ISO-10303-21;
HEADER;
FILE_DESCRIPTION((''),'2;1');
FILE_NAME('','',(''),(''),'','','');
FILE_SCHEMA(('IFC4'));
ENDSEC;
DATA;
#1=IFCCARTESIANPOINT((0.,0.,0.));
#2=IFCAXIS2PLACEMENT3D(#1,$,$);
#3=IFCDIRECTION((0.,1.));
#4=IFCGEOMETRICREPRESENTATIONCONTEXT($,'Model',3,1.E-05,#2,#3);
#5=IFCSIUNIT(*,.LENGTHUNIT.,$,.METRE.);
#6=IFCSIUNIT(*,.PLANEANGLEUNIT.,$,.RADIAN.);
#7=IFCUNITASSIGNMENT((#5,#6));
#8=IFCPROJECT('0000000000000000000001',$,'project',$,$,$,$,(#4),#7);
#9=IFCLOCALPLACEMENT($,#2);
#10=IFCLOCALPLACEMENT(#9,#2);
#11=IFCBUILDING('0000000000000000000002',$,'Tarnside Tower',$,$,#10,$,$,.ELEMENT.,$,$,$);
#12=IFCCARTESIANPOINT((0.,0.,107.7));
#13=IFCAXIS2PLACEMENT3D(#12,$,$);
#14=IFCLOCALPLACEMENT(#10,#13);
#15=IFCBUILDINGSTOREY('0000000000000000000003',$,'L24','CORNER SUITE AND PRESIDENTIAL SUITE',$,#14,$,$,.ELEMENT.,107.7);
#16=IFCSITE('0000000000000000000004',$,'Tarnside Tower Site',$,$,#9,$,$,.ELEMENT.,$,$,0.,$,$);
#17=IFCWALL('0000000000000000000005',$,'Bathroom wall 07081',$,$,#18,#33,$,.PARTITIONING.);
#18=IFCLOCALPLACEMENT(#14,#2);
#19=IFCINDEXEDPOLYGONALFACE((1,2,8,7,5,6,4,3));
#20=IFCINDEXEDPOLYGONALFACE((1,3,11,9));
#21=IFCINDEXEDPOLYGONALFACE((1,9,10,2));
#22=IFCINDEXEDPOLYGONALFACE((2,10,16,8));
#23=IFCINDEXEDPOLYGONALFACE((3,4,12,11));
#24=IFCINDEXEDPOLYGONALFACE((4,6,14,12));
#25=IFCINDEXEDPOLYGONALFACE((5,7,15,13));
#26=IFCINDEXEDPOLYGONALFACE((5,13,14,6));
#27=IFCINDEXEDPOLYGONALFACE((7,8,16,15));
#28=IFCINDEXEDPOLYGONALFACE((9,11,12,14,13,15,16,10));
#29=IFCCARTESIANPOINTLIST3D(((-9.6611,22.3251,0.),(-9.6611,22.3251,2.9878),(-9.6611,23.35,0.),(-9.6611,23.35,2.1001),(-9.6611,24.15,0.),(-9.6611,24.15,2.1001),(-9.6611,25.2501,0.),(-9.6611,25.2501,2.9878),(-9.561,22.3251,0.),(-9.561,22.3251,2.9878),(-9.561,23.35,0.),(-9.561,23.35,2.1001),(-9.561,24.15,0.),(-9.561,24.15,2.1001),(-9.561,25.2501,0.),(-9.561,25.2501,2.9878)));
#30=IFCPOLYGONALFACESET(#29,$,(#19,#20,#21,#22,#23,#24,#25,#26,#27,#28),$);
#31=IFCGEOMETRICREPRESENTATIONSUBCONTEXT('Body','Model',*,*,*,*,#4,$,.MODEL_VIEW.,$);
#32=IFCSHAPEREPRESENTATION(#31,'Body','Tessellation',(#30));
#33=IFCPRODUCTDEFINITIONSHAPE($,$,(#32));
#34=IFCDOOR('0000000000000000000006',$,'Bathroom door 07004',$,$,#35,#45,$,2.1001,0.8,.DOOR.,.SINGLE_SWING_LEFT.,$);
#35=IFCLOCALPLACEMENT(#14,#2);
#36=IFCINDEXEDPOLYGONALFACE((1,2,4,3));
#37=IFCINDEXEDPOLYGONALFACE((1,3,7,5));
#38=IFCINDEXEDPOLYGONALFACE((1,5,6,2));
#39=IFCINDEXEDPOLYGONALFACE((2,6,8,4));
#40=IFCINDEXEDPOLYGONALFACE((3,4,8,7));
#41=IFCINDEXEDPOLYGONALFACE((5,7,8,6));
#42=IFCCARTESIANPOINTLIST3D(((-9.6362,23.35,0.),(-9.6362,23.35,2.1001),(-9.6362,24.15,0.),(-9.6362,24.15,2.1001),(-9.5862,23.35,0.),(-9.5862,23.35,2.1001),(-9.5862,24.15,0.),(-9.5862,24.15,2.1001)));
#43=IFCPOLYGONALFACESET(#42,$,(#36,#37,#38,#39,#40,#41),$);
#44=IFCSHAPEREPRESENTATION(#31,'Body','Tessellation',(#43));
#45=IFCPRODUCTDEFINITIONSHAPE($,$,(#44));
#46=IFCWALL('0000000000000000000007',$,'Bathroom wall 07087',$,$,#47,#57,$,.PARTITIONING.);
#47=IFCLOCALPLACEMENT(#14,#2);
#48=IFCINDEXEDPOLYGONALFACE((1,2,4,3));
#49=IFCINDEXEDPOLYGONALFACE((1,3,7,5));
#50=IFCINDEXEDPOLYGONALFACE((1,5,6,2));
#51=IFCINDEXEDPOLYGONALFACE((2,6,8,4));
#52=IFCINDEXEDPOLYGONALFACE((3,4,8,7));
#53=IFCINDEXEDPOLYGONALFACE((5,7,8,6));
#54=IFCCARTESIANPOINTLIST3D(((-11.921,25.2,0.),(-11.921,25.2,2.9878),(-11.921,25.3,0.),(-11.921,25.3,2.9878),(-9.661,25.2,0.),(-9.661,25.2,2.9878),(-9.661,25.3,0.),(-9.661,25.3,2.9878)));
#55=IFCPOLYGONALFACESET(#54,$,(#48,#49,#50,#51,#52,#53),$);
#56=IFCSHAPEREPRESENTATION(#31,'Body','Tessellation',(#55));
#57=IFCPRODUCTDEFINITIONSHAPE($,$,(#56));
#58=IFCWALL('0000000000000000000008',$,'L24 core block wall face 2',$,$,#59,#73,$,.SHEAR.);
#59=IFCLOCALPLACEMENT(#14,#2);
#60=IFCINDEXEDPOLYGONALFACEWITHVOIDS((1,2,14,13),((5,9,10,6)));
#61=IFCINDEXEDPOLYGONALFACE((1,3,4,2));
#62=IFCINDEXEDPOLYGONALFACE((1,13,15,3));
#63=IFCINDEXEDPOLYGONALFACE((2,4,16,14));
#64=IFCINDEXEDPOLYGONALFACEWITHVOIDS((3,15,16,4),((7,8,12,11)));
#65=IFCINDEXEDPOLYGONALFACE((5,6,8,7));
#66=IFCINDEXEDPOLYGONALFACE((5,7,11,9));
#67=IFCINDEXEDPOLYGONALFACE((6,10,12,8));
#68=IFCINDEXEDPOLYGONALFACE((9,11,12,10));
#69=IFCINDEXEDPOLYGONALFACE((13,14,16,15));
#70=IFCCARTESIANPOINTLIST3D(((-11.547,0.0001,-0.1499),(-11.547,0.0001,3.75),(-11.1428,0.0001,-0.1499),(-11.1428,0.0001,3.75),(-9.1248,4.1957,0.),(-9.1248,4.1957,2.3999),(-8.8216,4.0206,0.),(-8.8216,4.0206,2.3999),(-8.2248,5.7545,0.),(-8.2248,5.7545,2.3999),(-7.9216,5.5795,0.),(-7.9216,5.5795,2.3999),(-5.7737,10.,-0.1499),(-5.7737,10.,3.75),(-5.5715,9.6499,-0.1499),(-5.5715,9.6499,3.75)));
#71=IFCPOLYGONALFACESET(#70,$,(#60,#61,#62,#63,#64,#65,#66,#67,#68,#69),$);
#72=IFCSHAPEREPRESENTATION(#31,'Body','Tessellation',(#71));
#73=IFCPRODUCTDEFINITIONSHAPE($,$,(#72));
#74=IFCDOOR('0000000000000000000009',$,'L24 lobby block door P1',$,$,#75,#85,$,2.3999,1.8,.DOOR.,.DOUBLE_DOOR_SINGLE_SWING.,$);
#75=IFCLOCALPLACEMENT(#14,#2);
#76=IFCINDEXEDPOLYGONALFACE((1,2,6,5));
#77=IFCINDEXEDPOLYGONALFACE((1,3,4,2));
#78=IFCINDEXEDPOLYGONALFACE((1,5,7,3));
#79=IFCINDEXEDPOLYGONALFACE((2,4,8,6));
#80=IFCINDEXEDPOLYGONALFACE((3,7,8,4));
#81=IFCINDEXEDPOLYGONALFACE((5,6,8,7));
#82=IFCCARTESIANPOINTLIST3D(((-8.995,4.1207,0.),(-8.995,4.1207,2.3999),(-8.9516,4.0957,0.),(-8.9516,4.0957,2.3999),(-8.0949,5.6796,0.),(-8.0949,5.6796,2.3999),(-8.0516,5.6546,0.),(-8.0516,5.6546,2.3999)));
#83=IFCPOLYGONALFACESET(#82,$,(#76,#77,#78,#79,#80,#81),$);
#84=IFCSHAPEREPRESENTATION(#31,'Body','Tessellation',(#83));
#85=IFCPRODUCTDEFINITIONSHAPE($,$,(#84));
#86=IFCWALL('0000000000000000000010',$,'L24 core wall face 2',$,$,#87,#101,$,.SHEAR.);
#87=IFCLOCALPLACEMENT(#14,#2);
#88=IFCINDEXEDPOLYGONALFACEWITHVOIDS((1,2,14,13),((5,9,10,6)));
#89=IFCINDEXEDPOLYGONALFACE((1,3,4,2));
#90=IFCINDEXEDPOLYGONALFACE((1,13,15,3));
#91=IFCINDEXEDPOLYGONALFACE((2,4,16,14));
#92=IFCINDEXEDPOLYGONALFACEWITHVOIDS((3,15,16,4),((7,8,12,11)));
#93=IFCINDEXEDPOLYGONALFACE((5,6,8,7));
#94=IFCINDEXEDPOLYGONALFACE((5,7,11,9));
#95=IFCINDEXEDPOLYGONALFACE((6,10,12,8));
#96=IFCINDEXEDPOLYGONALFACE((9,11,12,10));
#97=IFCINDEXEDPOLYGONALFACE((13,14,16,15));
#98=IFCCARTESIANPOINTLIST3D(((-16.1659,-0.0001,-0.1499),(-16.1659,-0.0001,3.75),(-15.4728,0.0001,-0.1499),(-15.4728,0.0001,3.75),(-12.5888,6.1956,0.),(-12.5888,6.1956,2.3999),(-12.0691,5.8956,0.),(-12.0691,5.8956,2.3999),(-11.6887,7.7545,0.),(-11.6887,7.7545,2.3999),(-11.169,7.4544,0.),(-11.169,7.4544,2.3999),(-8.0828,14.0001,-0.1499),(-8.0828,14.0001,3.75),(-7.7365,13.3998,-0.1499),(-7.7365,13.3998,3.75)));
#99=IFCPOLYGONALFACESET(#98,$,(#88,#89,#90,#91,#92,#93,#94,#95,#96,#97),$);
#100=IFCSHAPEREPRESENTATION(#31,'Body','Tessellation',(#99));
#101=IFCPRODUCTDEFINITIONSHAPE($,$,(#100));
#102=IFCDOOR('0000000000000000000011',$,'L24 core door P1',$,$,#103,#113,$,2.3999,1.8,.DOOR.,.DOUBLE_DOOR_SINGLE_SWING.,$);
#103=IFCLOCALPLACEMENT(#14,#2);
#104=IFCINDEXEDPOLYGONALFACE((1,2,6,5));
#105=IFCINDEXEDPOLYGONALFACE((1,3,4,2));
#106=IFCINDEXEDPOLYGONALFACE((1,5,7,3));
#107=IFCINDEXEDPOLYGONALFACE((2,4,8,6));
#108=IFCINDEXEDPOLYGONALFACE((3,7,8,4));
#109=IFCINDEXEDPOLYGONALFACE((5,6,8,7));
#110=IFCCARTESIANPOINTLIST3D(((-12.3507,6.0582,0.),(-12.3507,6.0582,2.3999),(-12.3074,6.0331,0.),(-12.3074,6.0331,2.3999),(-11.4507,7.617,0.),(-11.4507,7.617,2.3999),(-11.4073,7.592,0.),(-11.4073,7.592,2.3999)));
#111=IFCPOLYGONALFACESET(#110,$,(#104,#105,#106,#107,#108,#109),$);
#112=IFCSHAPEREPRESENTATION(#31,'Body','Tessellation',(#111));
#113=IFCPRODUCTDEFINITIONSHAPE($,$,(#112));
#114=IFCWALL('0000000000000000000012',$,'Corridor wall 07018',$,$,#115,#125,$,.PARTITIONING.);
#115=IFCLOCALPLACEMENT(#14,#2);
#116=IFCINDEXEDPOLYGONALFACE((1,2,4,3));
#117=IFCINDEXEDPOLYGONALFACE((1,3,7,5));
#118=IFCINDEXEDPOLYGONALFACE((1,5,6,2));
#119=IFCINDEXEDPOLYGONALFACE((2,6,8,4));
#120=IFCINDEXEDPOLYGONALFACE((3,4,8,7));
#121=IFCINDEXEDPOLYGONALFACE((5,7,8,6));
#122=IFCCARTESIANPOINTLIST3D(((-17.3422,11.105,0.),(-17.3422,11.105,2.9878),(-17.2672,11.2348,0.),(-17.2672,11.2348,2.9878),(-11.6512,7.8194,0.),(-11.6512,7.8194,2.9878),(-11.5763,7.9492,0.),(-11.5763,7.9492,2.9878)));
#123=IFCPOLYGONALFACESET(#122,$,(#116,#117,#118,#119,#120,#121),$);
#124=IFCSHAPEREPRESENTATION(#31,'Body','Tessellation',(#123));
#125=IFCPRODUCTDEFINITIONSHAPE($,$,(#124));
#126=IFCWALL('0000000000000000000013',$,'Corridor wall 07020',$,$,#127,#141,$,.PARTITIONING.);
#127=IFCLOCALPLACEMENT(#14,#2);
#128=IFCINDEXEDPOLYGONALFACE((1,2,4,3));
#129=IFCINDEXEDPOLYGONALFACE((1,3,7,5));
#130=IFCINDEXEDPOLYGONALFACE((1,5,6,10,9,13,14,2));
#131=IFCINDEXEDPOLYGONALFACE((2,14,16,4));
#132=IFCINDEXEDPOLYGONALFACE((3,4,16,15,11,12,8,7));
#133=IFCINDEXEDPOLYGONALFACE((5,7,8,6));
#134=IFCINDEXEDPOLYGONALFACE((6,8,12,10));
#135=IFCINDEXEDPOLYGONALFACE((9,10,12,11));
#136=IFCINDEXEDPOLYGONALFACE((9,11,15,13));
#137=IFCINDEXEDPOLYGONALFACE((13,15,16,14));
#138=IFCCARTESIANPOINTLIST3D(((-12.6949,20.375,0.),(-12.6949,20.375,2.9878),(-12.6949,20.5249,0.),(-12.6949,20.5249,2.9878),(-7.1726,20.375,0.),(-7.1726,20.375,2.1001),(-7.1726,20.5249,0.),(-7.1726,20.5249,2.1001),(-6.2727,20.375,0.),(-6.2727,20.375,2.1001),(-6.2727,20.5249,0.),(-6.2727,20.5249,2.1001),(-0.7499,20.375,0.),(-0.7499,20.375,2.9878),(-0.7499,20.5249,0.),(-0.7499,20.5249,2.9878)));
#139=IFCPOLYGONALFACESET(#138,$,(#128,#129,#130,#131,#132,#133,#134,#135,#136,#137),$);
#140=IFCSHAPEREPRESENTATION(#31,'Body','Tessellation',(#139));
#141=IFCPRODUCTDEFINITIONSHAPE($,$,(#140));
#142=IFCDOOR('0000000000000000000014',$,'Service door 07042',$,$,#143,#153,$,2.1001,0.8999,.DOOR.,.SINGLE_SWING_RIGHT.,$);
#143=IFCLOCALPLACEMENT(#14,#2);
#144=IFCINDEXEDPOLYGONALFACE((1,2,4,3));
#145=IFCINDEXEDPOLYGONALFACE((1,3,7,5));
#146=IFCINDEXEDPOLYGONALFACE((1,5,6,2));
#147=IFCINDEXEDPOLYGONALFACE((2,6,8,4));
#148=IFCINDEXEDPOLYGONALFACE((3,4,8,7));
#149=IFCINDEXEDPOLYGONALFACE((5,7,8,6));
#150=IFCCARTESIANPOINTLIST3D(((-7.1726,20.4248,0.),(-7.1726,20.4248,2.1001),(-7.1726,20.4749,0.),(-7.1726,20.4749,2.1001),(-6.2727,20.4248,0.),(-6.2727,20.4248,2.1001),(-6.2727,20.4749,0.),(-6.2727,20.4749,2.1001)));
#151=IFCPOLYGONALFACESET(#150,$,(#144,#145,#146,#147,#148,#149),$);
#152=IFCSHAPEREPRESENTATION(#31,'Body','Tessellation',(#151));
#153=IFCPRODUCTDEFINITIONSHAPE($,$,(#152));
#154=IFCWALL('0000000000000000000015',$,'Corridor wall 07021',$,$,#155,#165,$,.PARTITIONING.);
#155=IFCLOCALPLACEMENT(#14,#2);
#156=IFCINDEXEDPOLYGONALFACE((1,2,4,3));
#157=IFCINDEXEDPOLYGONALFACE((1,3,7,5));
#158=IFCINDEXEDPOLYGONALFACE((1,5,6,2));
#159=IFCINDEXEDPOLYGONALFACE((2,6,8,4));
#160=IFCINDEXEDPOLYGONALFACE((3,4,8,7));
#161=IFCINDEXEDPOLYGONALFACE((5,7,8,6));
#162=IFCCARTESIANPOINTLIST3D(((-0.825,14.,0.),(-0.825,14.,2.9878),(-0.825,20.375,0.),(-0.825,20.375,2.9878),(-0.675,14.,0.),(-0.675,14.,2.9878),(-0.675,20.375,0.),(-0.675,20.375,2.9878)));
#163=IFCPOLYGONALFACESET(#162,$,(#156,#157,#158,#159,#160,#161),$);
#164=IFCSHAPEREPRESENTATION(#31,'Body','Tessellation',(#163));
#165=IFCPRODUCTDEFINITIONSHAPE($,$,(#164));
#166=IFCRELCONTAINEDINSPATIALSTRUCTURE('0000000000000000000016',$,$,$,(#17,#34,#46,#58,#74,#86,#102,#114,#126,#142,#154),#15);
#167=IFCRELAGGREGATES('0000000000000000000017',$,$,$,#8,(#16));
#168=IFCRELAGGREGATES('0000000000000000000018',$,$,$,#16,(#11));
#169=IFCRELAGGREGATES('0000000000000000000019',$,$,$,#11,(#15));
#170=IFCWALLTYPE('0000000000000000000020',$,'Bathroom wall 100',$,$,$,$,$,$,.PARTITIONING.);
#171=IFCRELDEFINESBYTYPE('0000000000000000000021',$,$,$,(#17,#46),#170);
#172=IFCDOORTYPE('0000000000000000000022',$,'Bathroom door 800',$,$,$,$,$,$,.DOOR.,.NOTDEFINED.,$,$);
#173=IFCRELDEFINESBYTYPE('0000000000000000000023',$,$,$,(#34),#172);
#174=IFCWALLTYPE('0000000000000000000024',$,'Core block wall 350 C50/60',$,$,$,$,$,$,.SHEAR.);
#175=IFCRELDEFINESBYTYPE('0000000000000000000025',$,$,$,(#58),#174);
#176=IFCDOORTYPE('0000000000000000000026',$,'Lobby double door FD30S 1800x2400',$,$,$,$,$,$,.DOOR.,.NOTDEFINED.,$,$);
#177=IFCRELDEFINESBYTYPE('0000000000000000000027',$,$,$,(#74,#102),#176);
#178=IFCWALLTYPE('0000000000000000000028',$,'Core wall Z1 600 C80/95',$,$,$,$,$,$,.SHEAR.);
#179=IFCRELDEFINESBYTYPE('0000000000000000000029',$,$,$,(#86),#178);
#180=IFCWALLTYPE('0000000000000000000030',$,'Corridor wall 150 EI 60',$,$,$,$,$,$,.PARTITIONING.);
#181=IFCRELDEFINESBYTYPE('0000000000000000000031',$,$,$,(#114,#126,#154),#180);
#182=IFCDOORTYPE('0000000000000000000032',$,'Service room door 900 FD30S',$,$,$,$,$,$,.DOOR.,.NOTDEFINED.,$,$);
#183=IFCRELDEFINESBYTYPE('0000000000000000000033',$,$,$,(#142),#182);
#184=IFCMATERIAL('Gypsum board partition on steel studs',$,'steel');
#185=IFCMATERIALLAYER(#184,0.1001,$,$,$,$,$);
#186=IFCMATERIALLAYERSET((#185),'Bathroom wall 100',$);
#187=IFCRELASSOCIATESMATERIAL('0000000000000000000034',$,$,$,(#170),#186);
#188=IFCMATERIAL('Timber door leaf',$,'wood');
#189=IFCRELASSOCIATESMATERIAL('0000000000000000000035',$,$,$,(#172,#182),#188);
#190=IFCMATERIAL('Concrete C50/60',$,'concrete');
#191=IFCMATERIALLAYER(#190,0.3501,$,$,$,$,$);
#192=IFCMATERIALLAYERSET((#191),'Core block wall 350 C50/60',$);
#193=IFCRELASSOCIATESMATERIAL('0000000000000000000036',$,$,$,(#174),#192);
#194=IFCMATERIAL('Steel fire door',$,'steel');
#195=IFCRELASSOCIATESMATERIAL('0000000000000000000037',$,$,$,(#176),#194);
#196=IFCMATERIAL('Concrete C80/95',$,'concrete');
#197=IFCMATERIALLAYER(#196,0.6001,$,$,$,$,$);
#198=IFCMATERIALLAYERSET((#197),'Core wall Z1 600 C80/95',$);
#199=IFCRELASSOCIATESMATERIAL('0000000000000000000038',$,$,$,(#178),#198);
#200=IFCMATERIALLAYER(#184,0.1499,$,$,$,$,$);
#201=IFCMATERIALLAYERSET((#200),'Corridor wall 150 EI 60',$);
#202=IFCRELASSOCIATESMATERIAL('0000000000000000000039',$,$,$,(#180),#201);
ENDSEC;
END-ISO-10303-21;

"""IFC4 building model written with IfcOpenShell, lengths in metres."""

from ifc_helpers import new_model, si_unit, direction, frame, frame_2d, origin, place, context, subcontext, project, spatial, polyline, rectangle, outline, extrude, material, layer, layer_set, type_object, element, fill, save


model = new_model("IFC4")

# Units and contexts
model_context = context("Model", 3, precision=1e-05, world=origin(), true_north=direction((0.0, 1.0)))
body_context = subcontext(model_context, "Body", "Model", "MODEL_VIEW")
ifc_project = project(units=[si_unit("LENGTHUNIT", "METRE"), si_unit("PLANEANGLEUNIT", "RADIAN")], contexts=[model_context])

# Site, building, storey
site_placement = place(None, origin())
site = spatial("IfcSite", under=ifc_project, at=site_placement, Name="Tarnside Tower Site", CompositionType="ELEMENT", RefElevation=0.0)
building_placement = place(site_placement, origin())
building = spatial("IfcBuilding", under=site, at=building_placement, Name="Tarnside Tower", CompositionType="ELEMENT")
storey_placement = place(building_placement, frame((0.0, 0.0, 107.7)))
storey = spatial("IfcBuildingStorey", under=building, at=storey_placement, Name="L24", Description="CORNER SUITE AND PRESIDENTIAL SUITE", CompositionType="ELEMENT", Elevation=107.7)

# Wall, opening, door
ifc_material_1 = material(Name="Gypsum board partition on steel studs", Category="steel")
ifc_layer_1 = layer(ifc_material_1, 0.1001)
ifc_layer_set_1 = layer_set([ifc_layer_1], Name="Bathroom wall 100")
wall_type_1 = type_object("IfcWallType", Name="Bathroom wall 100", PredefinedType="PARTITIONING", material=ifc_layer_set_1)
wall_1_placement = place(storey_placement, frame((-9.6111, 25.25, 0.0), z_axis=(0.0, 0.0, 1.0), x_axis=(0.0, -1.0, 0.0)))
wall_1 = element("IfcWall", 1, at=wall_1_placement, inside=storey, type_object=wall_type_1, Name="Bathroom wall 07081", PredefinedType="PARTITIONING", context=body_context, shape_type="SweptSolid", body=[
    extrude(rectangle(XDim=2.925, YDim=0.1001, at=frame_2d((1.4624, 0.0))), origin(), (0.0, 0.0, 1.0), 2.9878),
])
opening_1_placement = place(wall_1_placement, frame((1.1001, 0.0, 0.0)))
opening_1 = element("IfcOpeningElement", 2, at=opening_1_placement, cuts=wall_1, PredefinedType="OPENING", context=body_context, shape_type="SweptSolid", body=[
    extrude(rectangle(XDim=0.8, YDim=2.1001, at=frame_2d((0.3999, 1.05))), frame((0.0, 0.0601, 0.0), z_axis=(0.0, -1.0, 0.0), x_axis=(1.0, 0.0, 0.0)), (0.0, 0.0, 1.0), 0.1201),
])
ifc_material_2 = material(Name="Timber door leaf", Category="wood")
door_type_1 = type_object("IfcDoorType", Name="Bathroom door 800", OperationType="NOTDEFINED", PredefinedType="DOOR", material=ifc_material_2)
door_1_placement = place(opening_1_placement, origin())
door_1 = element("IfcDoor", 3, at=door_1_placement, inside=storey, type_object=door_type_1, Name="Bathroom door 07004", OperationType="SINGLE_SWING_LEFT", OverallHeight=2.1001, OverallWidth=0.8, PredefinedType="DOOR", context=body_context, shape_type="SweptSolid", body=[
    extrude(rectangle(XDim=0.8, YDim=2.1001, at=frame_2d((0.3999, 1.05))), frame((0.0, 0.0249, 0.0), z_axis=(0.0, -1.0, 0.0), x_axis=(1.0, 0.0, 0.0)), (0.0, 0.0, 1.0), 0.05),
])
fill(opening_1, door_1)

# Wall
wall_2_placement = place(storey_placement, frame((-9.6611, 25.25, 0.0), z_axis=(0.0, 0.0, 1.0), x_axis=(-1.0, 0.0, 0.0)))
element("IfcWall", 4, at=wall_2_placement, inside=storey, type_object=wall_type_1, Name="Bathroom wall 07087", PredefinedType="PARTITIONING", context=body_context, shape_type="SweptSolid", body=[
    extrude(rectangle(XDim=2.26, YDim=0.1001, at=frame_2d((1.1299, 0.0))), origin(), (0.0, 0.0, 1.0), 2.9878),
])

# Walls, openings, doors
ifc_material_3 = material(Name="Concrete C50/60", Category="concrete")
ifc_layer_2 = layer(ifc_material_3, 0.3501)
ifc_layer_set_2 = layer_set([ifc_layer_2], Name="Core block wall 350 C50/60")
wall_type_2 = type_object("IfcWallType", Name="Core block wall 350 C50/60", PredefinedType="SHEAR", material=ifc_layer_set_2)
wall_3_placement = place(storey_placement, frame((-5.6726, 9.825, -0.1499), z_axis=(0.0, 0.0, 1.0), x_axis=(-0.499995, -0.866028, 0.0)))
wall_3 = element("IfcWall", 5, at=wall_3_placement, inside=storey, type_object=wall_type_2, Name="L24 core block wall face 2", PredefinedType="SHEAR", context=body_context, shape_type="SweptSolid", body=[
    extrude(outline(polyline([(-0.1011, -0.175), (11.4458, -0.175), (11.2437, 0.175), (0.1011, 0.175), (-0.1011, -0.175)])), origin(), (0.0, 0.0, 1.0), 3.8999),
])
opening_2_placement = place(wall_3_placement, frame((4.8013, 0.0, 0.1499)))
opening_2 = element("IfcOpeningElement", 6, at=opening_2_placement, cuts=wall_3, PredefinedType="OPENING", context=body_context, shape_type="SweptSolid", body=[
    extrude(rectangle(XDim=1.8, YDim=2.3999, at=frame_2d((0.8999, 1.2))), frame((0.0, 0.1851, 0.0), z_axis=(0.0, -1.0, 0.0), x_axis=(1.0, 0.0, 0.0)), (0.0, 0.0, 1.0), 0.3701),
])
ifc_material_4 = material(Name="Steel fire door", Category="steel")
door_type_2 = type_object("IfcDoorType", Name="Lobby double door FD30S 1800x2400", OperationType="NOTDEFINED", PredefinedType="DOOR", material=ifc_material_4)
door_2_placement = place(opening_2_placement, origin())
door_2 = element("IfcDoor", 7, at=door_2_placement, inside=storey, type_object=door_type_2, Name="L24 lobby block door P1", OperationType="DOUBLE_DOOR_SINGLE_SWING", OverallHeight=2.3999, OverallWidth=1.8, PredefinedType="DOOR", context=body_context, shape_type="SweptSolid", body=[
    extrude(rectangle(XDim=1.8, YDim=2.3999, at=frame_2d((0.8999, 1.2))), frame((0.0, 0.0249, 0.0), z_axis=(0.0, -1.0, 0.0), x_axis=(1.0, 0.0, 0.0)), (0.0, 0.0, 1.0), 0.05),
])
fill(opening_2, door_2)
ifc_material_5 = material(Name="Concrete C80/95", Category="concrete")
ifc_layer_3 = layer(ifc_material_5, 0.6001)
ifc_layer_set_3 = layer_set([ifc_layer_3], Name="Core wall Z1 600 C80/95")
wall_type_3 = type_object("IfcWallType", Name="Core wall Z1 600 C80/95", PredefinedType="SHEAR", material=ifc_layer_set_3)
wall_4_placement = place(storey_placement, frame((-7.9097, 13.7, -0.1499), z_axis=(0.0, 0.0, 1.0), x_axis=(-0.5, -0.866025, 0.0)))
wall_4 = element("IfcWall", 8, at=wall_4_placement, inside=storey, type_object=wall_type_3, Name="L24 core wall face 2", PredefinedType="SHEAR", context=body_context, shape_type="SweptSolid", body=[
    extrude(outline(polyline([(-0.1733, -0.3), (15.9927, -0.3), (15.646, 0.3), (0.1733, 0.3), (-0.1733, -0.3)])), origin(), (0.0, 0.0, 1.0), 3.8999),
])
opening_3_placement = place(wall_4_placement, frame((7.0386, 0.0, 0.1499)))
opening_3 = element("IfcOpeningElement", 9, at=opening_3_placement, cuts=wall_4, PredefinedType="OPENING", context=body_context, shape_type="SweptSolid", body=[
    extrude(rectangle(XDim=1.8, YDim=2.3999, at=frame_2d((0.8999, 1.2))), frame((0.0, 0.3101, 0.0), z_axis=(0.0, -1.0, 0.0), x_axis=(1.0, 0.0, 0.0)), (0.0, 0.0, 1.0), 0.6201),
])
door_3_placement = place(opening_3_placement, origin())
door_3 = element("IfcDoor", 10, at=door_3_placement, inside=storey, type_object=door_type_2, Name="L24 core door P1", OperationType="DOUBLE_DOOR_SINGLE_SWING", OverallHeight=2.3999, OverallWidth=1.8, PredefinedType="DOOR", context=body_context, shape_type="SweptSolid", body=[
    extrude(rectangle(XDim=1.8, YDim=2.3999, at=frame_2d((0.8999, 1.2))), frame((0.0, 0.0249, 0.0), z_axis=(0.0, -1.0, 0.0), x_axis=(1.0, 0.0, 0.0)), (0.0, 0.0, 1.0), 0.05),
])
fill(opening_3, door_3)

# Wall
ifc_layer_4 = layer(ifc_material_1, 0.1499)
ifc_layer_set_4 = layer_set([ifc_layer_4], Name="Corridor wall 150 EI 60")
wall_type_4 = type_object("IfcWallType", Name="Corridor wall 150 EI 60", PredefinedType="PARTITIONING", material=ifc_layer_set_4)
wall_5_placement = place(storey_placement, frame((-11.6138, 7.8843, 0.0), z_axis=(0.0, 0.0, 1.0), x_axis=(-0.866026, 0.499999, 0.0)))
element("IfcWall", 11, at=wall_5_placement, inside=storey, type_object=wall_type_4, Name="Corridor wall 07018", PredefinedType="PARTITIONING", context=body_context, shape_type="SweptSolid", body=[
    extrude(rectangle(XDim=6.5713, YDim=0.1499, at=frame_2d((3.2856, 0.0))), origin(), (0.0, 0.0, 1.0), 2.9878),
])

# Wall, opening, door
wall_6_placement = place(storey_placement, frame((-12.6951, 20.45, 0.0), z_axis=(0.0, 0.0, 1.0), x_axis=(1.0, 0.0, 0.0)))
wall_6 = element("IfcWall", 12, at=wall_6_placement, inside=storey, type_object=wall_type_4, Name="Corridor wall 07020", PredefinedType="PARTITIONING", context=body_context, shape_type="SweptSolid", body=[
    extrude(rectangle(XDim=11.9451, YDim=0.1499, at=frame_2d((5.9727, 0.0))), origin(), (0.0, 0.0, 1.0), 2.9878),
])
opening_4_placement = place(wall_6_placement, frame((5.5225, 0.0, 0.0)))
opening_4 = element("IfcOpeningElement", 13, at=opening_4_placement, cuts=wall_6, PredefinedType="OPENING", context=body_context, shape_type="SweptSolid", body=[
    extrude(rectangle(XDim=0.8999, YDim=2.1001, at=frame_2d((0.45, 1.05))), frame((0.0, 0.085, 0.0), z_axis=(0.0, -1.0, 0.0), x_axis=(1.0, 0.0, 0.0)), (0.0, 0.0, 1.0), 0.1699),
])
door_type_3 = type_object("IfcDoorType", Name="Service room door 900 FD30S", OperationType="NOTDEFINED", PredefinedType="DOOR", material=ifc_material_2)
door_4_placement = place(opening_4_placement, origin())
door_4 = element("IfcDoor", 14, at=door_4_placement, inside=storey, type_object=door_type_3, Name="Service door 07042", OperationType="SINGLE_SWING_RIGHT", OverallHeight=2.1001, OverallWidth=0.8999, PredefinedType="DOOR", context=body_context, shape_type="SweptSolid", body=[
    extrude(rectangle(XDim=0.8999, YDim=2.1001, at=frame_2d((0.45, 1.05))), frame((0.0, 0.0249, 0.0), z_axis=(0.0, -1.0, 0.0), x_axis=(1.0, 0.0, 0.0)), (0.0, 0.0, 1.0), 0.05),
])
fill(opening_4, door_4)

# Wall
wall_7_placement = place(storey_placement, frame((-0.75, 20.375, 0.0), z_axis=(0.0, 0.0, 1.0), x_axis=(0.0, -1.0, 0.0)))
element("IfcWall", 15, at=wall_7_placement, inside=storey, type_object=wall_type_4, Name="Corridor wall 07021", PredefinedType="PARTITIONING", context=body_context, shape_type="SweptSolid", body=[
    extrude(rectangle(XDim=6.375, YDim=0.1499, at=frame_2d((3.1875, 0.0))), origin(), (0.0, 0.0, 1.0), 2.9878),
])

save(model, "model.ifc")
